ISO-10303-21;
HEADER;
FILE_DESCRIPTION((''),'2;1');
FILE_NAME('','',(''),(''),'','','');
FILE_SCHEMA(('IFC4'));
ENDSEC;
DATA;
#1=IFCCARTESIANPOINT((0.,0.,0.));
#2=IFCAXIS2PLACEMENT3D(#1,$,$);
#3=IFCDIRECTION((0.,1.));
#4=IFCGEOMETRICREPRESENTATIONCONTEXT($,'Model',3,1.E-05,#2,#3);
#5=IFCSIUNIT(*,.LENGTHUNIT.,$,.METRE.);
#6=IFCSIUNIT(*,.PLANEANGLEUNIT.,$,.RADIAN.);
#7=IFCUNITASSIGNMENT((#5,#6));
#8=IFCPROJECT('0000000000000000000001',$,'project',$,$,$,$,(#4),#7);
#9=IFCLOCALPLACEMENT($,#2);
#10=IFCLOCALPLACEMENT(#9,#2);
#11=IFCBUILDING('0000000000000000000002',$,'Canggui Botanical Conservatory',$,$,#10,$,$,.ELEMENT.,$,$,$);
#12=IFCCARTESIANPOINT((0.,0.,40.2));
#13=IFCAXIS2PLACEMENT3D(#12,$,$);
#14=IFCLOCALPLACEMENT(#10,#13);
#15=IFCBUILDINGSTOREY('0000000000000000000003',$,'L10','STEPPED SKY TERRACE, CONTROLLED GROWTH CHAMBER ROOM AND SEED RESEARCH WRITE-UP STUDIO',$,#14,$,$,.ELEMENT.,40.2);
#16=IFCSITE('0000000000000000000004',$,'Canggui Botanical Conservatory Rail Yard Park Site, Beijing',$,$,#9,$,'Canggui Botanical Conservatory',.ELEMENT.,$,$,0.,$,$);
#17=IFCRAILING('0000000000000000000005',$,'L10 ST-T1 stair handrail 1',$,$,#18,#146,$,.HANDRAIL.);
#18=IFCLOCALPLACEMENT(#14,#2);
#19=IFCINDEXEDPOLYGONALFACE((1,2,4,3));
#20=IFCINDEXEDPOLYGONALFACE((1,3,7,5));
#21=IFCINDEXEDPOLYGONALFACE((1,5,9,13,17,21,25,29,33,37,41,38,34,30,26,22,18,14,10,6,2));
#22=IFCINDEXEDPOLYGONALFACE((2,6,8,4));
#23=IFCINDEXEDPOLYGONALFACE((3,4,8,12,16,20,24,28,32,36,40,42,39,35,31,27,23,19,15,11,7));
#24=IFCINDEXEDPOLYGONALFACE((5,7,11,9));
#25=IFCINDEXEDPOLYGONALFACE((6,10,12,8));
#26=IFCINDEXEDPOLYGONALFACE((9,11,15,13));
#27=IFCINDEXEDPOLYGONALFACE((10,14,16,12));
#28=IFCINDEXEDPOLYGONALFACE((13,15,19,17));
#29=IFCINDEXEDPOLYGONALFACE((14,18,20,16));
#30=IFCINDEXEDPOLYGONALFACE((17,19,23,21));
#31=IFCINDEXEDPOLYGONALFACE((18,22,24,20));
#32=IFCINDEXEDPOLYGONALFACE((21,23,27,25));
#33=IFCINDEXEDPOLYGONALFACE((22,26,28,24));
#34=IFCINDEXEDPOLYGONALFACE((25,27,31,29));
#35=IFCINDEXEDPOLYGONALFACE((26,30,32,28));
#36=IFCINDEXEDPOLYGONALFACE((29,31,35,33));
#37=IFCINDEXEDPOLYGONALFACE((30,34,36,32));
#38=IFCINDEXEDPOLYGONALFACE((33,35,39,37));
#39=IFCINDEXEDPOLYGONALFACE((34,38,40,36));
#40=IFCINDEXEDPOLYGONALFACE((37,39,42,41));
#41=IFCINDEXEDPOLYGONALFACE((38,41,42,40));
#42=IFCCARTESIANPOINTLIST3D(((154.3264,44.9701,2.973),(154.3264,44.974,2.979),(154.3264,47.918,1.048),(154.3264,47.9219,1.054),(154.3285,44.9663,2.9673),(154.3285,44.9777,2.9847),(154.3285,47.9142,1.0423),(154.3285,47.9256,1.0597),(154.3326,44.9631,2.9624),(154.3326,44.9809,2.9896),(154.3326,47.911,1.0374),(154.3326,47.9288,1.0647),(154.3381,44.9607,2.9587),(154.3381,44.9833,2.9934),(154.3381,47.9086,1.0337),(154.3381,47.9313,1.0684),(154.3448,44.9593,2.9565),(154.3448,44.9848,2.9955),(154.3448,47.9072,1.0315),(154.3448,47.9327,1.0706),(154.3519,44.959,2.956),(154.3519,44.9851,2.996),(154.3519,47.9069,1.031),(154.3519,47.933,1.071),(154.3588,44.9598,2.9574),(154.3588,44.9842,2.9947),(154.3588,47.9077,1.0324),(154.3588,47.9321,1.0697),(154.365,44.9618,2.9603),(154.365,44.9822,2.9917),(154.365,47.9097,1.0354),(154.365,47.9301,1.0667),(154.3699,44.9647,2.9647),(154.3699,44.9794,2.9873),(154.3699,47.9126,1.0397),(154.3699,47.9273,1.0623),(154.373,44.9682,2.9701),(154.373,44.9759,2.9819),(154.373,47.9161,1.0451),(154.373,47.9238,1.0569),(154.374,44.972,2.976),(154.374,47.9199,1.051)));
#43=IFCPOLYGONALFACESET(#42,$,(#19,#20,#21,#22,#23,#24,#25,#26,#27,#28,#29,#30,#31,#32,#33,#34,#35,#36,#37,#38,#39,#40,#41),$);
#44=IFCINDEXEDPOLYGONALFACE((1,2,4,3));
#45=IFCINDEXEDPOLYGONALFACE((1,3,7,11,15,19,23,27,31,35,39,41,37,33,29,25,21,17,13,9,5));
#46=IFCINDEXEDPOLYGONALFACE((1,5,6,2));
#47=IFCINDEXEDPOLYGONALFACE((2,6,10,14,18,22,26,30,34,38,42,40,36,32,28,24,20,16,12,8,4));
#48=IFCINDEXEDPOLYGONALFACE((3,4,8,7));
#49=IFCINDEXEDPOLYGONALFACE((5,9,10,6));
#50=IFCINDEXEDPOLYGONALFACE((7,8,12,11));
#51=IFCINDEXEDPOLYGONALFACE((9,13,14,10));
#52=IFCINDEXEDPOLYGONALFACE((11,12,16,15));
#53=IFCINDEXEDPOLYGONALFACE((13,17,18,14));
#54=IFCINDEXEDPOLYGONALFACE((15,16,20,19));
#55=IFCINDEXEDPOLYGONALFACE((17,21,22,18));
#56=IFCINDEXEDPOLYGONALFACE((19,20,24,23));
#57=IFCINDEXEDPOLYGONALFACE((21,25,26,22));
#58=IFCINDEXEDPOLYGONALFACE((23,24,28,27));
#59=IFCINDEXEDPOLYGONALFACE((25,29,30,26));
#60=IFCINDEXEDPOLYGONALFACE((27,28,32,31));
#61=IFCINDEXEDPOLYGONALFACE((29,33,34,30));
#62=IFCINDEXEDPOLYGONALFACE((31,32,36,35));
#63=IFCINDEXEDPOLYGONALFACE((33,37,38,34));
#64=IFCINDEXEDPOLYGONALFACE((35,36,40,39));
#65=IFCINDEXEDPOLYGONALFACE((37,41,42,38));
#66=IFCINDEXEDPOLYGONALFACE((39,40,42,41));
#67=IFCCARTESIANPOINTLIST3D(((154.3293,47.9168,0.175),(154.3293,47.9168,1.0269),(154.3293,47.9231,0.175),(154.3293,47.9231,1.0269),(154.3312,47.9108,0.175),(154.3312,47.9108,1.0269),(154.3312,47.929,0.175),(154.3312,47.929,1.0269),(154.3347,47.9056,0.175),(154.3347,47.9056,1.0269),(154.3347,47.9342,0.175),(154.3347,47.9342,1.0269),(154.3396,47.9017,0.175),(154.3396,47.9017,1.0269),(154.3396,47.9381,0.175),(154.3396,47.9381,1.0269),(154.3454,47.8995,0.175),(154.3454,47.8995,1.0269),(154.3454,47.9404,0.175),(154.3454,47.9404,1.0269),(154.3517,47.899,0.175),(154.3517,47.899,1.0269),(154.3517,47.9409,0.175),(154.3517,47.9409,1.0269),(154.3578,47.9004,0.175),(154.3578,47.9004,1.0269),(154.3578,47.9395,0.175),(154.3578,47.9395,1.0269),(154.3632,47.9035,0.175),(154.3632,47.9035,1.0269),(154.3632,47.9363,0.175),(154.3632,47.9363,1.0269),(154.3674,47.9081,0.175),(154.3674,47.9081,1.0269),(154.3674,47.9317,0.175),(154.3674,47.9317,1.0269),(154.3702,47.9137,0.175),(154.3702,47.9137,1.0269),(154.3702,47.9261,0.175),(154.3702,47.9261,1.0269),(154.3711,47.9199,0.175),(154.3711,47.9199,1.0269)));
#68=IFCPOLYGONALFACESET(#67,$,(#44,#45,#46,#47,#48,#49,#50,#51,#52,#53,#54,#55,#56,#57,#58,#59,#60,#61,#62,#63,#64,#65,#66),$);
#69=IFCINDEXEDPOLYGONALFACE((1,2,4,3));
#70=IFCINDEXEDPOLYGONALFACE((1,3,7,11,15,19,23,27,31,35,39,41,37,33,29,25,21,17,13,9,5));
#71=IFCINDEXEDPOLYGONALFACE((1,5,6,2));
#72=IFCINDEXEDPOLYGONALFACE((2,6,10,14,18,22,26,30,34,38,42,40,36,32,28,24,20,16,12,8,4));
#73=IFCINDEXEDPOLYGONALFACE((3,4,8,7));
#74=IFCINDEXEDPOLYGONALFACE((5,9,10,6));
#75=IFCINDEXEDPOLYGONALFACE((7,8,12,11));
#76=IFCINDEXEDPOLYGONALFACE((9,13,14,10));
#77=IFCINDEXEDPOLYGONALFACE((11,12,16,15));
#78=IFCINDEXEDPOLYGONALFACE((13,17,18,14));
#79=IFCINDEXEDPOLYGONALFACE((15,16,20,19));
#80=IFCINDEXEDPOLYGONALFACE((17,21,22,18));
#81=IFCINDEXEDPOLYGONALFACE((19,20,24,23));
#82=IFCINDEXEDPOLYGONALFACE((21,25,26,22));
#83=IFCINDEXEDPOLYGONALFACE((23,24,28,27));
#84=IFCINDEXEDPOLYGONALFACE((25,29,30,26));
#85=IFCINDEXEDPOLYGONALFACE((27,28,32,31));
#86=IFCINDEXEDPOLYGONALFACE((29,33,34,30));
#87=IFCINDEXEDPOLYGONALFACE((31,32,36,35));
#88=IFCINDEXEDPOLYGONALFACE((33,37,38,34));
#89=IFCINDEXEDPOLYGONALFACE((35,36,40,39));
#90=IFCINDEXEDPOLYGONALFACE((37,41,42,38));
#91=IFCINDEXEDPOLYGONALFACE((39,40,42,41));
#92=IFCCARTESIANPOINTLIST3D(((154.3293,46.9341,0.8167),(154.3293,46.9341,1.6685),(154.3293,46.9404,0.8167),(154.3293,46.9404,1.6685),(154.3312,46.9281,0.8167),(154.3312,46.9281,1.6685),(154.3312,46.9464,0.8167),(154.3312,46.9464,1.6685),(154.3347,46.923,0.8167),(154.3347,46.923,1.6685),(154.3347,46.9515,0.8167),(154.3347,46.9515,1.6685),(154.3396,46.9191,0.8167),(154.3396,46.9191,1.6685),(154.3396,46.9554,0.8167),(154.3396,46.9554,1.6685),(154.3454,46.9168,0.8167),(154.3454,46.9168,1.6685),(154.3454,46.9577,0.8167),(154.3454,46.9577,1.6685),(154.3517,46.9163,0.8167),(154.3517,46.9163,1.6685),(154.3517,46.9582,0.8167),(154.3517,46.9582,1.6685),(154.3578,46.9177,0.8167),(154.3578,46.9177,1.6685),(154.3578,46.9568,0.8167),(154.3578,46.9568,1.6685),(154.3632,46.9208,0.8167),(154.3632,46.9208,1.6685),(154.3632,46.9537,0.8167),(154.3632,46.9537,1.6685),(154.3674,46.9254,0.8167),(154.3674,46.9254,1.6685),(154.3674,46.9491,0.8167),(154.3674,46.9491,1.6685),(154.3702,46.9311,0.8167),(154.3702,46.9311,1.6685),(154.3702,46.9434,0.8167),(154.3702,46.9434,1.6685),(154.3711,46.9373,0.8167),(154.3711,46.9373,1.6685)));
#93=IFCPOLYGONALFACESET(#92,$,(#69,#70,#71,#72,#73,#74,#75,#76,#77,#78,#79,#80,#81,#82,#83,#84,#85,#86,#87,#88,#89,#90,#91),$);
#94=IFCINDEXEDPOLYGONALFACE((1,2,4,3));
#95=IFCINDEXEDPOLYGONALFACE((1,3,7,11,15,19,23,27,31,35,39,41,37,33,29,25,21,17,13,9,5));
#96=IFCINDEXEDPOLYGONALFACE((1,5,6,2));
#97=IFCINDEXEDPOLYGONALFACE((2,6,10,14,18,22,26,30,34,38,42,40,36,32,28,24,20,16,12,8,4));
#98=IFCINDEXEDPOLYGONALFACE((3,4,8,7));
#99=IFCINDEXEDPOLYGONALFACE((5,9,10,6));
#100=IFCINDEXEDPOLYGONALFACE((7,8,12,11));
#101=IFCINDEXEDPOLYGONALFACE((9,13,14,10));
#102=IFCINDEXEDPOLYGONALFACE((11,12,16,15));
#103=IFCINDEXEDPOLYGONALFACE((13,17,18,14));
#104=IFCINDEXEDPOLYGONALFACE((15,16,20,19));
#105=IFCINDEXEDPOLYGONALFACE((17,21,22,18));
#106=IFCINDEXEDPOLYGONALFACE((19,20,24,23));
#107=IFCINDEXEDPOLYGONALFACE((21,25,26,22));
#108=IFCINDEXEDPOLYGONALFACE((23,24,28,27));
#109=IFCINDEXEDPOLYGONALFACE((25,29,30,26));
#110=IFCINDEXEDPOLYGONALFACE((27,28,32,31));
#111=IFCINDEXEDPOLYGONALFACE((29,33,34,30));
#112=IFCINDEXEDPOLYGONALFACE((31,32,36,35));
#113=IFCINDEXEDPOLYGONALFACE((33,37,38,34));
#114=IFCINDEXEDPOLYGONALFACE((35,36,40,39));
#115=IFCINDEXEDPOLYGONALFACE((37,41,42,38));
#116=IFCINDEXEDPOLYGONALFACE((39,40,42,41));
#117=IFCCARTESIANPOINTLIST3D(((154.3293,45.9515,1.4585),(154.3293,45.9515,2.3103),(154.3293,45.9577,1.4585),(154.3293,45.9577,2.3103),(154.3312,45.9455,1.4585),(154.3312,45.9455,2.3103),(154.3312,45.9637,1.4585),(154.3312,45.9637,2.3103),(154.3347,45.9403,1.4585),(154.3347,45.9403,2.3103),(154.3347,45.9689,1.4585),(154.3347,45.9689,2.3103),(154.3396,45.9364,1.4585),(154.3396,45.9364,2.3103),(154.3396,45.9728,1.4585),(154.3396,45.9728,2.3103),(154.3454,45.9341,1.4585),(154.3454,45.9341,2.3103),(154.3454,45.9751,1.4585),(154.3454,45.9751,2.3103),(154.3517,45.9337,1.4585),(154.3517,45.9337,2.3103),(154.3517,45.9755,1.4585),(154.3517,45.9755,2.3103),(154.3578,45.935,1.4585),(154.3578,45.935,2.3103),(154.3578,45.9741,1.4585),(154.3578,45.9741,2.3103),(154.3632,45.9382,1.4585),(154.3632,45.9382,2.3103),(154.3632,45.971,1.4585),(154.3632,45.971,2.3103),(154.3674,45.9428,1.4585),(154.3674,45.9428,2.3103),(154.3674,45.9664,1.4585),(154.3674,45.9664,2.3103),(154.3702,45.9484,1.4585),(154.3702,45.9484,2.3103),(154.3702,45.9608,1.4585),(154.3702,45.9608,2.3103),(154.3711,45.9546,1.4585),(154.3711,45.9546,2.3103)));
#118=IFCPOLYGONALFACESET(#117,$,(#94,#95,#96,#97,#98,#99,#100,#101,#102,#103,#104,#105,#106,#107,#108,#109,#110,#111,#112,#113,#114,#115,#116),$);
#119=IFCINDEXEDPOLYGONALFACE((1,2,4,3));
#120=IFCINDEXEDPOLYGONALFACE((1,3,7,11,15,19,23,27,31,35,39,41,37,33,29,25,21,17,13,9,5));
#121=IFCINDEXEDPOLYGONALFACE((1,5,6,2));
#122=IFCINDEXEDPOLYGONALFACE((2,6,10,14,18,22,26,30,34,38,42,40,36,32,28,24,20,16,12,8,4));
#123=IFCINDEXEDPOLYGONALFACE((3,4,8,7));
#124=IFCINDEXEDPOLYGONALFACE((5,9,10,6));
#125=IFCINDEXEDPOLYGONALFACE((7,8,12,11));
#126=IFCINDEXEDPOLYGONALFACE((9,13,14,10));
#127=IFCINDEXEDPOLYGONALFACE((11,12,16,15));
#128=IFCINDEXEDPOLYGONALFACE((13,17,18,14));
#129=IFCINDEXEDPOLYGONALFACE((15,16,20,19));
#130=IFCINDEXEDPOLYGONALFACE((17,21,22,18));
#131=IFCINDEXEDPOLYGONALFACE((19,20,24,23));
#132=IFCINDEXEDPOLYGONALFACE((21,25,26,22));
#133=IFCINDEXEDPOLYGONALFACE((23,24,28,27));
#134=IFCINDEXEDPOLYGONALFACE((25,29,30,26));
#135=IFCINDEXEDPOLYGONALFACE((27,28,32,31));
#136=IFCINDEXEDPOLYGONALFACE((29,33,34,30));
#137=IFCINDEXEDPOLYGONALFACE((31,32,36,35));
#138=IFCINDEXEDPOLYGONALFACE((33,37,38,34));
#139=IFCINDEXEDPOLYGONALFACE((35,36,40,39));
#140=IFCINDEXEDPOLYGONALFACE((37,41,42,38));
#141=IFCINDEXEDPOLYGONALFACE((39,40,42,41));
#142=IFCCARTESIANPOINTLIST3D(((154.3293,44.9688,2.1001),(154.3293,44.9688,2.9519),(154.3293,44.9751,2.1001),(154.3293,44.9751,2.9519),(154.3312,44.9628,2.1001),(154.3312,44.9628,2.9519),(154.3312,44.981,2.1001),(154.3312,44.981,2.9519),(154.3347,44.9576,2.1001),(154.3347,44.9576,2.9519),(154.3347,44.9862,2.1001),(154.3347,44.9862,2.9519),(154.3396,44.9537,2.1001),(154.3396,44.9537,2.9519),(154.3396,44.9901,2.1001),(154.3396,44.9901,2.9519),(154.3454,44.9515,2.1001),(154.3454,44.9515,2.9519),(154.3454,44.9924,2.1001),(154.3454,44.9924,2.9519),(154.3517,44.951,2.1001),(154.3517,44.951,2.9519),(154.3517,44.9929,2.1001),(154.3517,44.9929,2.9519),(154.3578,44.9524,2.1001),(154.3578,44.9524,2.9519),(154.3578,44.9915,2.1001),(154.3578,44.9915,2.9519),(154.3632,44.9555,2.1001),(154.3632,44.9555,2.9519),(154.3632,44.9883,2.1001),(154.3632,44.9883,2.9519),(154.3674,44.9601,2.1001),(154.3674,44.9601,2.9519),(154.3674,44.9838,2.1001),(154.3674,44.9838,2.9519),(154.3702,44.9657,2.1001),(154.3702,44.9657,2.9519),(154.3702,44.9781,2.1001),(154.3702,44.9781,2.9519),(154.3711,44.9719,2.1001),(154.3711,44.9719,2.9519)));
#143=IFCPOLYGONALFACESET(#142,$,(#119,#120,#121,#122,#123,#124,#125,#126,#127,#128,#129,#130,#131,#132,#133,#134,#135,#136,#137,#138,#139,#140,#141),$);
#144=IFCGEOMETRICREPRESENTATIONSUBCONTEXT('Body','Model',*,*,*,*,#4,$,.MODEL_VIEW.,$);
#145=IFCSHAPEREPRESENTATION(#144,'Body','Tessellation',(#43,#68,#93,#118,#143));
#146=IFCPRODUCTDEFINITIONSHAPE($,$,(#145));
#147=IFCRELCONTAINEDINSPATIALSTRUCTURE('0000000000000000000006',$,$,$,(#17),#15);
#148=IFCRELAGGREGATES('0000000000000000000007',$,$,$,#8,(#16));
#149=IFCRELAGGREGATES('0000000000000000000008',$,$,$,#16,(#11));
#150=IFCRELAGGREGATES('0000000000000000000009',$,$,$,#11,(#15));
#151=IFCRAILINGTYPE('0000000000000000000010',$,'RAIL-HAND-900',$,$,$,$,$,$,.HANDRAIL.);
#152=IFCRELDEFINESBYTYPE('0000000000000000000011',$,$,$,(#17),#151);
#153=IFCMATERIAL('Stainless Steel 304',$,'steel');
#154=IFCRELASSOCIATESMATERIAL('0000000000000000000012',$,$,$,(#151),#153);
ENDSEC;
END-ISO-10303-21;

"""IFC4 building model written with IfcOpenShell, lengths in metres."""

from ifc_helpers import new_model, si_unit, direction, frame, origin, origin_2d, place, context, subcontext, project, spatial, circle, extrude, material, type_object, element, save


model = new_model("IFC4")

# Units and contexts
model_context = context("Model", 3, precision=1e-05, world=origin(), true_north=direction((0.0, 1.0)))
body_context = subcontext(model_context, "Body", "Model", "MODEL_VIEW")
ifc_project = project(units=[si_unit("LENGTHUNIT", "METRE"), si_unit("PLANEANGLEUNIT", "RADIAN")], contexts=[model_context])

# Site, building, storey
site_placement = place(None, origin())
site = spatial("IfcSite", under=ifc_project, at=site_placement, Name="Canggui Botanical Conservatory Rail Yard Park Site, Beijing", LongName="Canggui Botanical Conservatory", CompositionType="ELEMENT", RefElevation=0.0)
building_placement = place(site_placement, origin())
building = spatial("IfcBuilding", under=site, at=building_placement, Name="Canggui Botanical Conservatory", CompositionType="ELEMENT")
storey_placement = place(building_placement, frame((0.0, 0.0, 40.2)))
storey = spatial("IfcBuildingStorey", under=building, at=storey_placement, Name="L10", Description="STEPPED SKY TERRACE, CONTROLLED GROWTH CHAMBER ROOM AND SEED RESEARCH WRITE-UP STUDIO", CompositionType="ELEMENT", Elevation=40.2)

# Railing
ifc_material_1 = material(Name="Stainless Steel 304", Category="steel")
railing_type_1 = type_object("IfcRailingType", Name="RAIL-HAND-900", PredefinedType="HANDRAIL", material=ifc_material_1)
railing_1_placement = place(storey_placement, frame((154.3501, 47.9199, 0.175)))
element("IfcRailing", 1, at=railing_1_placement, inside=storey, type_object=railing_type_1, Name="L10 ST-T1 stair handrail 1", PredefinedType="HANDRAIL", context=body_context, shape_type="SweptSolid", body=[
    extrude(circle(Radius=0.0239, at=origin_2d()), frame((0.0, 0.0, 0.876), z_axis=(0.0, -0.837293, 0.546754), x_axis=(1.0, 0.0, 0.0)), (0.0, 0.0, 1.0), 3.5208),
    extrude(circle(Radius=0.021, at=origin_2d()), origin(), (0.0, 0.0, 1.0), 0.8518),
    extrude(circle(Radius=0.021, at=origin_2d()), frame((0.0, -0.9827, 0.6416)), (0.0, 0.0, 1.0), 0.8518),
    extrude(circle(Radius=0.021, at=origin_2d()), frame((0.0, -1.9653, 1.2834)), (0.0, 0.0, 1.0), 0.8518),
    extrude(circle(Radius=0.021, at=origin_2d()), frame((0.0, -2.948, 1.925)), (0.0, 0.0, 1.0), 0.8518),
])

save(model, "model.ifc")
